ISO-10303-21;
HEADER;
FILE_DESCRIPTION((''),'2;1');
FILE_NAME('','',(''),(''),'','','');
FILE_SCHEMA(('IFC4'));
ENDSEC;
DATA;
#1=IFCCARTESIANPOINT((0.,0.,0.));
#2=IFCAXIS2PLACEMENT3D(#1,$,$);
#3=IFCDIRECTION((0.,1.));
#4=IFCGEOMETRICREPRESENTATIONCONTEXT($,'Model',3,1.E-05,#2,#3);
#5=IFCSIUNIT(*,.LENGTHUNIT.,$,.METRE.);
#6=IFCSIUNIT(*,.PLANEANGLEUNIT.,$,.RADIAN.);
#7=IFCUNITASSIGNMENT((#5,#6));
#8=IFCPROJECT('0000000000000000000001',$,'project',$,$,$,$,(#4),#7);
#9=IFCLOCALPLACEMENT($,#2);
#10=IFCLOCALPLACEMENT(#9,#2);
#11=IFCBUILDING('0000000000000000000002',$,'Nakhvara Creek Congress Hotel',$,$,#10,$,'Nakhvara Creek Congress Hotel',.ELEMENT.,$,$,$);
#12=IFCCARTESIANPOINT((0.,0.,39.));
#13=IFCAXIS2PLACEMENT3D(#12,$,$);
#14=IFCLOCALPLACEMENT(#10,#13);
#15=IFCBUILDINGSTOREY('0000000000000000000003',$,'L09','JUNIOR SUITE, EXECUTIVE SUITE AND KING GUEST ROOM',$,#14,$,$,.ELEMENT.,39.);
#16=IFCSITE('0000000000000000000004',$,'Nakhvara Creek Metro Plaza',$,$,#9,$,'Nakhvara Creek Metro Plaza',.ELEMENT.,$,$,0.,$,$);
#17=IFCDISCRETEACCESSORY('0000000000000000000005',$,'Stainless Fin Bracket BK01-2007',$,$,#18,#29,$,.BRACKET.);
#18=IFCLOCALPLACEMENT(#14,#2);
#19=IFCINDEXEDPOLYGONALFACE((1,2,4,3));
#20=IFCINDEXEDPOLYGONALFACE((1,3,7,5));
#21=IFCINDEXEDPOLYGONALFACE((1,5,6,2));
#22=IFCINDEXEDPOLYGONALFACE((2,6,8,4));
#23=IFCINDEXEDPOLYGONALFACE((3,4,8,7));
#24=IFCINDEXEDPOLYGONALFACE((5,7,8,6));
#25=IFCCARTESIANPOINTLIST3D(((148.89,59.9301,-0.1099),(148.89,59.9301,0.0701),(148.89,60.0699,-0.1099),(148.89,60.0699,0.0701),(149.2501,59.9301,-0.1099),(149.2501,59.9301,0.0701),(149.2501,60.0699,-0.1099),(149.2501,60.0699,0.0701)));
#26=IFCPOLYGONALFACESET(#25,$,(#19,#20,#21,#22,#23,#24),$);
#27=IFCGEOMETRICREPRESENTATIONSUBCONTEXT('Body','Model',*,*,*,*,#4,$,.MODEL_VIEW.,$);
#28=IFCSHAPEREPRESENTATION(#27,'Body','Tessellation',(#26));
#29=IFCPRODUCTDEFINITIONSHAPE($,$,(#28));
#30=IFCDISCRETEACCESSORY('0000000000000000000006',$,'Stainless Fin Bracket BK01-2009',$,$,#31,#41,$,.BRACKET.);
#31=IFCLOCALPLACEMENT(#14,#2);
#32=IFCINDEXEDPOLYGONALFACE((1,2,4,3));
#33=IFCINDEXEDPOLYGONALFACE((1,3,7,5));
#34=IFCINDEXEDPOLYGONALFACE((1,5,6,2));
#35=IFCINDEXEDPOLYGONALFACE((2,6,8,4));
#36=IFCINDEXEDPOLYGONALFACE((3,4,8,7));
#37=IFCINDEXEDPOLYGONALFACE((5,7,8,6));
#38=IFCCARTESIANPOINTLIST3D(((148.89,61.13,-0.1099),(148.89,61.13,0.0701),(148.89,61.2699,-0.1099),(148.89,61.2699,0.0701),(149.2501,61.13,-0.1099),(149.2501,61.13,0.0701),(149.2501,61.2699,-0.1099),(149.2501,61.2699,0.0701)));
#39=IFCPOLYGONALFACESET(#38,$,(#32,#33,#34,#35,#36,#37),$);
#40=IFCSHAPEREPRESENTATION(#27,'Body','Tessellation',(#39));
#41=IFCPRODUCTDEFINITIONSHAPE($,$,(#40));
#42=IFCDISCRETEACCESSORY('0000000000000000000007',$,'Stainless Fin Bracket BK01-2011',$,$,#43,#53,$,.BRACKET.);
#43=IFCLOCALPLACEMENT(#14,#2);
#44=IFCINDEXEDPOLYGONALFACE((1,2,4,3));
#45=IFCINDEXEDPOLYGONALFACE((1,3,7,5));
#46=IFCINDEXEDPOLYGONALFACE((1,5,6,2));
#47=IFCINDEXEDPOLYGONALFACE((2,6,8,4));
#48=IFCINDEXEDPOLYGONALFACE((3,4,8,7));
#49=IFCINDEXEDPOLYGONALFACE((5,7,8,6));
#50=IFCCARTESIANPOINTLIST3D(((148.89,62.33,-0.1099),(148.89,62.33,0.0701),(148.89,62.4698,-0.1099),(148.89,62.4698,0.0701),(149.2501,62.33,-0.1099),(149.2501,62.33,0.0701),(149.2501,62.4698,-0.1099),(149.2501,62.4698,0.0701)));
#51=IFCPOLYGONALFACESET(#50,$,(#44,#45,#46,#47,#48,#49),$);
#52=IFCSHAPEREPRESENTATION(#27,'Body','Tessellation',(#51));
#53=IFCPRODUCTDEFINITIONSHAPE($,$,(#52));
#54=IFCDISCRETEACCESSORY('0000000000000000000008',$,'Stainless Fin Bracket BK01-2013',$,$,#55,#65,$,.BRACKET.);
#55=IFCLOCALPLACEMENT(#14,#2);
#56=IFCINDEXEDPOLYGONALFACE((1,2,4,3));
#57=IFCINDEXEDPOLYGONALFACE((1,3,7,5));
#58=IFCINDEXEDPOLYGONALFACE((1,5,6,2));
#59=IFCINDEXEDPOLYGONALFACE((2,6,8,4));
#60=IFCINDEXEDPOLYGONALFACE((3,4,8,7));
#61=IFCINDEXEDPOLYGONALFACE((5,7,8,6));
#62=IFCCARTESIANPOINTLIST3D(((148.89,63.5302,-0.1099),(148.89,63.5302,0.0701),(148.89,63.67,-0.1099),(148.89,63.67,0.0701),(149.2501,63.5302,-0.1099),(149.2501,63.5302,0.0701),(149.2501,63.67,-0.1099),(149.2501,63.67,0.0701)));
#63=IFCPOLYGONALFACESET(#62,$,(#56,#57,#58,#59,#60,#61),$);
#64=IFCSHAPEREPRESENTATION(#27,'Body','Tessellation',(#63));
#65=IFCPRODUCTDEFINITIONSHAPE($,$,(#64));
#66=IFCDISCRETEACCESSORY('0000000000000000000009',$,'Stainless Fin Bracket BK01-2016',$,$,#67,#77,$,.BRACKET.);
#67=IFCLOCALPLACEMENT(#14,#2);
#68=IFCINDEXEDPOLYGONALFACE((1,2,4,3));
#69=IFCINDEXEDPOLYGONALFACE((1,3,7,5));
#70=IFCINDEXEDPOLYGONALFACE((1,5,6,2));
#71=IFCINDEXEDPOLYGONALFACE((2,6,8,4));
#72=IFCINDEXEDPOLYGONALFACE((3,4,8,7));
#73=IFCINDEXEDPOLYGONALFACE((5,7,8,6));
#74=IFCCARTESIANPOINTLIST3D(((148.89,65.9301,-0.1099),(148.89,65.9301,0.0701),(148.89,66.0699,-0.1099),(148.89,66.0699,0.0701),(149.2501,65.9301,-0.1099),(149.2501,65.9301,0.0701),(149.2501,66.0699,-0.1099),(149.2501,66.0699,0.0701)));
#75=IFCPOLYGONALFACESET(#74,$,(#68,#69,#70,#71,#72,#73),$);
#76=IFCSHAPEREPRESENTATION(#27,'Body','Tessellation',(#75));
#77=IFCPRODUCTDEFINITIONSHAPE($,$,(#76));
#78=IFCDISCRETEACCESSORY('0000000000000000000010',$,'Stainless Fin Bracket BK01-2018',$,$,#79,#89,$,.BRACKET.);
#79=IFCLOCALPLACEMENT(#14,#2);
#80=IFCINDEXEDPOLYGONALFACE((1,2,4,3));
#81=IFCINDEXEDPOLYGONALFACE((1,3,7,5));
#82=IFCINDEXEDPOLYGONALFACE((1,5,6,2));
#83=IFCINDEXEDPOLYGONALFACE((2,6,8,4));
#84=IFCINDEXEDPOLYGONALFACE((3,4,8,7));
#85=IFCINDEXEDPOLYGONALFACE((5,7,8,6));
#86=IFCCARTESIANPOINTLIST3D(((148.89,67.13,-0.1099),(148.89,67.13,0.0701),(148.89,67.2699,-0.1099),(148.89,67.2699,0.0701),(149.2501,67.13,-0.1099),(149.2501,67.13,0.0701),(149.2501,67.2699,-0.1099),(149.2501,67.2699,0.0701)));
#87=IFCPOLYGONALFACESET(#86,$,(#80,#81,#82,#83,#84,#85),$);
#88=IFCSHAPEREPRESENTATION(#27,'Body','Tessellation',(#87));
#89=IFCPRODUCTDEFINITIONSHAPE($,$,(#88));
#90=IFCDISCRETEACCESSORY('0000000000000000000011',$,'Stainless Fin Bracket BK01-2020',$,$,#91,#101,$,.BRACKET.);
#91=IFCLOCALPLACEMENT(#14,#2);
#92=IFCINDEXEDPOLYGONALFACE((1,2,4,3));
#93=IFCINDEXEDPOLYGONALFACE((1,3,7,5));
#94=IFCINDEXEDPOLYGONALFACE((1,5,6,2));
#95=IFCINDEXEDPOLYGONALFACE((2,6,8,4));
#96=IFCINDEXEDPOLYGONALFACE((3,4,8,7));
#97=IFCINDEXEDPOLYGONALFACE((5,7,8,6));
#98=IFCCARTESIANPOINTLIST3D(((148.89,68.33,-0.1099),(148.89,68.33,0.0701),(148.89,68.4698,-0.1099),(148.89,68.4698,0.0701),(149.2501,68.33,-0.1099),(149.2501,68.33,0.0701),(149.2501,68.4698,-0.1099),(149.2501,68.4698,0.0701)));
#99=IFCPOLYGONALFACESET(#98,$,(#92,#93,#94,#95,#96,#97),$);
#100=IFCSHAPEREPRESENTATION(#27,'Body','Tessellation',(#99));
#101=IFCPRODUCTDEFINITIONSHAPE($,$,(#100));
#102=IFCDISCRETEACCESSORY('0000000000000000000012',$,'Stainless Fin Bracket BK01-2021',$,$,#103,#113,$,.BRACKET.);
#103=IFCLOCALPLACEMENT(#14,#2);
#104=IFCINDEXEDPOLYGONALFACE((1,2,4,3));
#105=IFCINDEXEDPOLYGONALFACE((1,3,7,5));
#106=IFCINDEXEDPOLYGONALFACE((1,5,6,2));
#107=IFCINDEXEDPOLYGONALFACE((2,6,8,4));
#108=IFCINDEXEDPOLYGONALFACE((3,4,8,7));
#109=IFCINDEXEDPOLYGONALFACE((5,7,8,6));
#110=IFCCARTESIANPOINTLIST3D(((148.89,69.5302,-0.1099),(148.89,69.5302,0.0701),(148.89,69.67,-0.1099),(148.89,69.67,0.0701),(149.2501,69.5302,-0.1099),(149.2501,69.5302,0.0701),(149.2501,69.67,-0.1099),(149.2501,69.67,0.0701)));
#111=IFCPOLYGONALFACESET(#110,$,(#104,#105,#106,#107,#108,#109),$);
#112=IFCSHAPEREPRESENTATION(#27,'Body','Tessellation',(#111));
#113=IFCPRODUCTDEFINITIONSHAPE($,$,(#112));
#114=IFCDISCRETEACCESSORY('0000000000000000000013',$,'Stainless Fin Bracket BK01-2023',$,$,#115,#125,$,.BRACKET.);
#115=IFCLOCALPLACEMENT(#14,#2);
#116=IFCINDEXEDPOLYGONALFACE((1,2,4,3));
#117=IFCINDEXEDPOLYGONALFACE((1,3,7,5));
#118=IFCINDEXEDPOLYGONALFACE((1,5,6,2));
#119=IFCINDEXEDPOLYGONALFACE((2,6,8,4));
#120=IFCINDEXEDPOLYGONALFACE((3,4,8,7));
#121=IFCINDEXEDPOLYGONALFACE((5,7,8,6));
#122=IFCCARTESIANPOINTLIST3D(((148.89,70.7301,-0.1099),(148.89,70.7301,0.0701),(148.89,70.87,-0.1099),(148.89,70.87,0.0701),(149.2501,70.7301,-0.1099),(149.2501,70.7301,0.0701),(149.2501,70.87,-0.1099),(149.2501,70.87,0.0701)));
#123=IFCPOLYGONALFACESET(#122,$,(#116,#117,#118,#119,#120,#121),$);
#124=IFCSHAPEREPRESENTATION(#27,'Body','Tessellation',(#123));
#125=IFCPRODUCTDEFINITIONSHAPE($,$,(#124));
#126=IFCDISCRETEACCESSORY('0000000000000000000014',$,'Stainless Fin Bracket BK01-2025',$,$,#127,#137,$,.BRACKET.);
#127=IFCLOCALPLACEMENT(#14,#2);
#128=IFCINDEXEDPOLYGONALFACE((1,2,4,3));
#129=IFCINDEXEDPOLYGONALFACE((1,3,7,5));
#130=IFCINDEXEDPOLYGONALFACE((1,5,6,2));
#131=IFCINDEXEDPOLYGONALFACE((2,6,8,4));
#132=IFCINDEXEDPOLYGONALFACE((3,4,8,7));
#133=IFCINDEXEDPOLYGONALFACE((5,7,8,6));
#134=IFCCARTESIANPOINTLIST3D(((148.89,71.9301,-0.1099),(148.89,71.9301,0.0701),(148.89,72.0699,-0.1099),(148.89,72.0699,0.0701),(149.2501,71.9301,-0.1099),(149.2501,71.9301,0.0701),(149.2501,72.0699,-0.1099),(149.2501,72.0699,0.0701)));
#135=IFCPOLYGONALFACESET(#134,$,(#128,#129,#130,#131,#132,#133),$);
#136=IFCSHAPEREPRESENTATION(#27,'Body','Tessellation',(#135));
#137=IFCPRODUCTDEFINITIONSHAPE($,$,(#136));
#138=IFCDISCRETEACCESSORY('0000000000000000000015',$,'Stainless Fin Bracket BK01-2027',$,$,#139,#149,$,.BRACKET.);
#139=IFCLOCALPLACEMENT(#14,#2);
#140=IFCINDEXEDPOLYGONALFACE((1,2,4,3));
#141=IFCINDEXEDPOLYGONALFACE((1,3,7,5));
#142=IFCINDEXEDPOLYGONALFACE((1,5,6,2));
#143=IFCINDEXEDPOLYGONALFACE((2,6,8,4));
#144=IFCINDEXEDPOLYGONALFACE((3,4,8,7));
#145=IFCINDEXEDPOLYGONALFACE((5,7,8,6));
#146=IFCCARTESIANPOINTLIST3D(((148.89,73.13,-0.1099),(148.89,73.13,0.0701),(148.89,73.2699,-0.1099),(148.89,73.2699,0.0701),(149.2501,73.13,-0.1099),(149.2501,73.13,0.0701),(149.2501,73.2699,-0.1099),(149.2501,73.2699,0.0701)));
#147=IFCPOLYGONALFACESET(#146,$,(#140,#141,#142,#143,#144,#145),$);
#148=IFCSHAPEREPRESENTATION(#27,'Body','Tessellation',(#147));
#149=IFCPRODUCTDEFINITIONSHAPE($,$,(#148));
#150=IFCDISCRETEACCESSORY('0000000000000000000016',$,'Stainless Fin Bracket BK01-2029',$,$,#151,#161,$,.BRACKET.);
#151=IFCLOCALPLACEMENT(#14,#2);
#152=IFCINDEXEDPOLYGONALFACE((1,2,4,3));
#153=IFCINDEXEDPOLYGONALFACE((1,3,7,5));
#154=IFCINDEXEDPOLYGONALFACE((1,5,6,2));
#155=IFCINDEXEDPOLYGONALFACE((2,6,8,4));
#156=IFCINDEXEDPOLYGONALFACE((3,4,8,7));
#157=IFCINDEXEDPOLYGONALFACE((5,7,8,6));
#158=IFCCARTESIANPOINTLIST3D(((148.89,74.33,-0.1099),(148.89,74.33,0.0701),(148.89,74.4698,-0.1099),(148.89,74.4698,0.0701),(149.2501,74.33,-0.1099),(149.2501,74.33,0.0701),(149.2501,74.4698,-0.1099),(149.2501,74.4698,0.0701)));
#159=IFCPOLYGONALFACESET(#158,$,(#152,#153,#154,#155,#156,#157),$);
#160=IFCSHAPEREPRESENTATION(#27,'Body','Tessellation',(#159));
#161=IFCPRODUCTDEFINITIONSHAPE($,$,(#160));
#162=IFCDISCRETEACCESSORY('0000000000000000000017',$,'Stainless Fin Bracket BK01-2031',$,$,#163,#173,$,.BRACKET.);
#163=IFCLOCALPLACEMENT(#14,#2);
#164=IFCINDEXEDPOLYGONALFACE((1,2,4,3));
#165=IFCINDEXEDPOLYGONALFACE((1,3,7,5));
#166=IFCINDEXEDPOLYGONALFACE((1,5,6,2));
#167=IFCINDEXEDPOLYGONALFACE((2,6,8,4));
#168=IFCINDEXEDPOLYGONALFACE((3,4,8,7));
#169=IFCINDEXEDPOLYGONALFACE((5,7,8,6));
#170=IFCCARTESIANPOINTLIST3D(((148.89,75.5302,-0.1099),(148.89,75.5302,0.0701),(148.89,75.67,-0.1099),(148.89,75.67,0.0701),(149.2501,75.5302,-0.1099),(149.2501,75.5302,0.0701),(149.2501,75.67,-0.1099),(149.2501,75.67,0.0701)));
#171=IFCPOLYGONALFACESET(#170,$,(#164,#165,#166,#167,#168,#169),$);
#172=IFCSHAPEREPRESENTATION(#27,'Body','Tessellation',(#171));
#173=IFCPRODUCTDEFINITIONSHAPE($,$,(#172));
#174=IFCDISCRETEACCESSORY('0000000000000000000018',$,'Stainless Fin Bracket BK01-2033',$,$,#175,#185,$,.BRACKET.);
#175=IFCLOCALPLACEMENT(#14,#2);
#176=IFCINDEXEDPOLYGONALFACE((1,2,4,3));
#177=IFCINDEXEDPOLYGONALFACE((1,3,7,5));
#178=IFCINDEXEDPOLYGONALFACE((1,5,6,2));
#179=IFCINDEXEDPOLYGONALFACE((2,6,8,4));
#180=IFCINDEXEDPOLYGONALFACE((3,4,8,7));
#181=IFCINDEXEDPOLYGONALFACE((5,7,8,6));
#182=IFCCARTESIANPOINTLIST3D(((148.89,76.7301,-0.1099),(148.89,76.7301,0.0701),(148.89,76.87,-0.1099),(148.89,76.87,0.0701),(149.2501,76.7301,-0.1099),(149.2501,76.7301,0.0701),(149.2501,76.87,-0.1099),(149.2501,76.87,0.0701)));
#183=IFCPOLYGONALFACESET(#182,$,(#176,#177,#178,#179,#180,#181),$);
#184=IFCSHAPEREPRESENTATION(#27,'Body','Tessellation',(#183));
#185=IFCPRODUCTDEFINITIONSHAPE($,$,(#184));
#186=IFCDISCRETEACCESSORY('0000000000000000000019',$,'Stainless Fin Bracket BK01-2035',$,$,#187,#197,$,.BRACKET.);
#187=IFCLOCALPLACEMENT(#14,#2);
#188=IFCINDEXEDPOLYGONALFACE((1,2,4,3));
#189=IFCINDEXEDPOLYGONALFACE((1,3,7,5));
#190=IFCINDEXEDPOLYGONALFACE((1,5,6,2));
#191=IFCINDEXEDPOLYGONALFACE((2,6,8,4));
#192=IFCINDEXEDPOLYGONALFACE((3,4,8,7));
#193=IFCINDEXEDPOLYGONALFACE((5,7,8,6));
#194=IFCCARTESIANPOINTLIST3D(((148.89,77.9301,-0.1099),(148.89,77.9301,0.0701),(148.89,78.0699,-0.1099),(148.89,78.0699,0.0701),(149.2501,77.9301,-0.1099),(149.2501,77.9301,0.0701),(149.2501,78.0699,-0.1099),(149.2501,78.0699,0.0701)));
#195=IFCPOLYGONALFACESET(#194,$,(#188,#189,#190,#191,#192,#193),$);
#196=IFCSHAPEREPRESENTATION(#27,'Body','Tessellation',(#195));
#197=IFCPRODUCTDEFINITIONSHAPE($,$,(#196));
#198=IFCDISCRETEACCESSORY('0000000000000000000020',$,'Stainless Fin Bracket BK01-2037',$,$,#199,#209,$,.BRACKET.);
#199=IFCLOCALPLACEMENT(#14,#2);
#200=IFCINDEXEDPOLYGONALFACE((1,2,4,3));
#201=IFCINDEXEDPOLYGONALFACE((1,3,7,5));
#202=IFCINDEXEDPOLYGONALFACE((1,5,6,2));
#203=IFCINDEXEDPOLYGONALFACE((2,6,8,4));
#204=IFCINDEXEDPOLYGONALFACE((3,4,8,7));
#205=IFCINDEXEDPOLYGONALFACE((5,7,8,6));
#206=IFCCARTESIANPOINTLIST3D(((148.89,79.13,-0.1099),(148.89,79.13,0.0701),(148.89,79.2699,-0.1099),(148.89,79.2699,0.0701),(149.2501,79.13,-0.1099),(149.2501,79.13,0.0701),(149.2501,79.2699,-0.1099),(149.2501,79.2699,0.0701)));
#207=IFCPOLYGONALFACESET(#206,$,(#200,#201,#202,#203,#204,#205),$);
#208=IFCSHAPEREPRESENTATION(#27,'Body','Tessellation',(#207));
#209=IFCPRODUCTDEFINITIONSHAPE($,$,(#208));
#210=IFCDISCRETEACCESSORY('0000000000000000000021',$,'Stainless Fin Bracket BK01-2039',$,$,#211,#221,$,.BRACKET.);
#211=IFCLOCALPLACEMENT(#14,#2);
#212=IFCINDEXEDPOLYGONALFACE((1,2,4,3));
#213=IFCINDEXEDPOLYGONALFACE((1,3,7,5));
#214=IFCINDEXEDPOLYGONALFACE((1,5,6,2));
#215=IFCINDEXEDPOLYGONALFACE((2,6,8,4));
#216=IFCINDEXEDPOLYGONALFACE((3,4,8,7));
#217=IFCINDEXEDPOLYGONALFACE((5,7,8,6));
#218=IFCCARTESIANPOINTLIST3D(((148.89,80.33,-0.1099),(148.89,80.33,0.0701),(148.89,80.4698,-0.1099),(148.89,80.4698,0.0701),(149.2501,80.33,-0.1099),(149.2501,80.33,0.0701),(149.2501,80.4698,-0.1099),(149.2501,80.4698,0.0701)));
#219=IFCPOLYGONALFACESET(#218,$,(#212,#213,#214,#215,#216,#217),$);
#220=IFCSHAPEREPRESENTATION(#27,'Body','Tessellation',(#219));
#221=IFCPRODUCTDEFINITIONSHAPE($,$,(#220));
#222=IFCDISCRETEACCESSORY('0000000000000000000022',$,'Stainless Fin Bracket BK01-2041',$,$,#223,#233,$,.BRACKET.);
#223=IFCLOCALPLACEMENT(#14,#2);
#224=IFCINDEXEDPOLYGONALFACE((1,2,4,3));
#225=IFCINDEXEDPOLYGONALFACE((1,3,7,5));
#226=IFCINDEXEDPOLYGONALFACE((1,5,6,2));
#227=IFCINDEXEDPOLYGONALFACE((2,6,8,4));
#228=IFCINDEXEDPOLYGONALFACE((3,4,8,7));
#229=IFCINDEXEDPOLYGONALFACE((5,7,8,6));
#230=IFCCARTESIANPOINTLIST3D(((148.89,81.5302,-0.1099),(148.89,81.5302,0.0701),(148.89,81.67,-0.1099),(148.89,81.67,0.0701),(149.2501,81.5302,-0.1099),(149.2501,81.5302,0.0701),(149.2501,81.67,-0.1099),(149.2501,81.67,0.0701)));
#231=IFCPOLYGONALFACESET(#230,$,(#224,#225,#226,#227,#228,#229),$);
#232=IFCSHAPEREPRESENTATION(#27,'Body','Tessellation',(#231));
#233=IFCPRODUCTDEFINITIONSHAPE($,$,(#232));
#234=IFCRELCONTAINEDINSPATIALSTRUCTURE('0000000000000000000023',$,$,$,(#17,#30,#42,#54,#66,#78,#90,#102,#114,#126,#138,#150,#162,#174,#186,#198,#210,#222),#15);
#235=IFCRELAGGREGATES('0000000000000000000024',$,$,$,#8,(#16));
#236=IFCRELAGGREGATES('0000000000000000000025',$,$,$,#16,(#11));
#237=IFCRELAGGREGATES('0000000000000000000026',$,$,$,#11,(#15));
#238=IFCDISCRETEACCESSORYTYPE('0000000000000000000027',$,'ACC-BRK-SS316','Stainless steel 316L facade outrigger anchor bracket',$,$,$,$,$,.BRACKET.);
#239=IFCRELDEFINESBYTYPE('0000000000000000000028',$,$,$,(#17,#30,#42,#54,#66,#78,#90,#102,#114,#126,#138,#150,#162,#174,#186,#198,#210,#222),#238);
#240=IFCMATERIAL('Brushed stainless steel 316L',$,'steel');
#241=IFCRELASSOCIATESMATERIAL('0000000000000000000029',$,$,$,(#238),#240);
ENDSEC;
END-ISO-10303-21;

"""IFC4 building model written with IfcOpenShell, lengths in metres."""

from ifc_helpers import new_model, si_unit, direction, frame, origin, origin_2d, place, context, subcontext, project, spatial, rectangle, extrude, material, type_object, element, save


model = new_model("IFC4")

# Units and contexts
model_context = context("Model", 3, precision=1e-05, world=origin(), true_north=direction((0.0, 1.0)))
body_context = subcontext(model_context, "Body", "Model", "MODEL_VIEW")
ifc_project = project(units=[si_unit("LENGTHUNIT", "METRE"), si_unit("PLANEANGLEUNIT", "RADIAN")], contexts=[model_context])

# Site, building, storey
site_placement = place(None, origin())
site = spatial("IfcSite", under=ifc_project, at=site_placement, Name="Nakhvara Creek Metro Plaza", LongName="Nakhvara Creek Metro Plaza", CompositionType="ELEMENT", RefElevation=0.0)
building_placement = place(site_placement, origin())
building = spatial("IfcBuilding", under=site, at=building_placement, Name="Nakhvara Creek Congress Hotel", LongName="Nakhvara Creek Congress Hotel", CompositionType="ELEMENT")
storey_placement = place(building_placement, frame((0.0, 0.0, 39.0)))
storey = spatial("IfcBuildingStorey", under=building, at=storey_placement, Name="L09", Description="JUNIOR SUITE, EXECUTIVE SUITE AND KING GUEST ROOM", CompositionType="ELEMENT", Elevation=39.0)

# Discrete accessories
ifc_material_1 = material(Name="Brushed stainless steel 316L", Category="steel")
discrete_accessory_type = type_object("IfcDiscreteAccessoryType", Name="ACC-BRK-SS316", Description="Stainless steel 316L facade outrigger anchor bracket", PredefinedType="BRACKET", material=ifc_material_1)
for number, where, z_axis, x_axis, name in (
    (1, (149.0701, 60.0, -0.1099), (0.0, 0.0, 1.0), (0.0, 1.0, 0.0), "Stainless Fin Bracket BK01-2007"),
    (2, (149.0701, 61.2, -0.1099), (0.0, 0.0, 1.0), (0.0, 1.0, 0.0), "Stainless Fin Bracket BK01-2009"),
    (3, (149.0701, 62.3999, -0.1099), (0.0, 0.0, 1.0), (0.0, 1.0, 0.0), "Stainless Fin Bracket BK01-2011"),
    (4, (149.0701, 63.6001, -0.1099), (0.0, 0.0, 1.0), (0.0, 1.0, 0.0), "Stainless Fin Bracket BK01-2013"),
    (5, (149.0701, 66.0, -0.1099), (0.0, 0.0, 1.0), (0.0, 1.0, 0.0), "Stainless Fin Bracket BK01-2016"),
    (6, (149.0701, 67.2, -0.1099), (0.0, 0.0, 1.0), (0.0, 1.0, 0.0), "Stainless Fin Bracket BK01-2018"),
    (7, (149.0701, 68.3999, -0.1099), (0.0, 0.0, 1.0), (0.0, 1.0, 0.0), "Stainless Fin Bracket BK01-2020"),
    (8, (149.0701, 69.6001, -0.1099), (0.0, 0.0, 1.0), (0.0, 1.0, 0.0), "Stainless Fin Bracket BK01-2021"),
    (9, (149.0701, 70.8, -0.1099), (0.0, 0.0, 1.0), (0.0, 1.0, 0.0), "Stainless Fin Bracket BK01-2023"),
    (10, (149.0701, 72.0, -0.1099), (0.0, 0.0, 1.0), (0.0, 1.0, 0.0), "Stainless Fin Bracket BK01-2025"),
    (11, (149.0701, 73.2, -0.1099), (0.0, 0.0, 1.0), (0.0, 1.0, 0.0), "Stainless Fin Bracket BK01-2027"),
    (12, (149.0701, 74.3999, -0.1099), (0.0, 0.0, 1.0), (0.0, 1.0, 0.0), "Stainless Fin Bracket BK01-2029"),
    (13, (149.0701, 75.6001, -0.1099), (0.0, 0.0, 1.0), (0.0, 1.0, 0.0), "Stainless Fin Bracket BK01-2031"),
    (14, (149.0701, 76.8, -0.1099), (0.0, 0.0, 1.0), (0.0, 1.0, 0.0), "Stainless Fin Bracket BK01-2033"),
    (15, (149.0701, 78.0, -0.1099), (0.0, 0.0, 1.0), (0.0, 1.0, 0.0), "Stainless Fin Bracket BK01-2035"),
    (16, (149.0701, 79.2, -0.1099), (0.0, 0.0, 1.0), (0.0, 1.0, 0.0), "Stainless Fin Bracket BK01-2037"),
    (17, (149.0701, 80.3999, -0.1099), (0.0, 0.0, 1.0), (0.0, 1.0, 0.0), "Stainless Fin Bracket BK01-2039"),
    (18, (149.0701, 81.6001, -0.1099), (0.0, 0.0, 1.0), (0.0, 1.0, 0.0), "Stainless Fin Bracket BK01-2041"),
):
    element("IfcDiscreteAccessory", number, at=place(storey_placement, frame(where, z_axis=z_axis, x_axis=x_axis)), inside=storey, type_object=discrete_accessory_type, Name=name, PredefinedType="BRACKET", context=body_context, shape_type="SweptSolid", body=[
        extrude(rectangle(XDim=0.1399, YDim=0.3601, at=origin_2d()), origin(), (0.0, 0.0, 1.0), 0.1799),
    ])

save(model, "model.ifc")
